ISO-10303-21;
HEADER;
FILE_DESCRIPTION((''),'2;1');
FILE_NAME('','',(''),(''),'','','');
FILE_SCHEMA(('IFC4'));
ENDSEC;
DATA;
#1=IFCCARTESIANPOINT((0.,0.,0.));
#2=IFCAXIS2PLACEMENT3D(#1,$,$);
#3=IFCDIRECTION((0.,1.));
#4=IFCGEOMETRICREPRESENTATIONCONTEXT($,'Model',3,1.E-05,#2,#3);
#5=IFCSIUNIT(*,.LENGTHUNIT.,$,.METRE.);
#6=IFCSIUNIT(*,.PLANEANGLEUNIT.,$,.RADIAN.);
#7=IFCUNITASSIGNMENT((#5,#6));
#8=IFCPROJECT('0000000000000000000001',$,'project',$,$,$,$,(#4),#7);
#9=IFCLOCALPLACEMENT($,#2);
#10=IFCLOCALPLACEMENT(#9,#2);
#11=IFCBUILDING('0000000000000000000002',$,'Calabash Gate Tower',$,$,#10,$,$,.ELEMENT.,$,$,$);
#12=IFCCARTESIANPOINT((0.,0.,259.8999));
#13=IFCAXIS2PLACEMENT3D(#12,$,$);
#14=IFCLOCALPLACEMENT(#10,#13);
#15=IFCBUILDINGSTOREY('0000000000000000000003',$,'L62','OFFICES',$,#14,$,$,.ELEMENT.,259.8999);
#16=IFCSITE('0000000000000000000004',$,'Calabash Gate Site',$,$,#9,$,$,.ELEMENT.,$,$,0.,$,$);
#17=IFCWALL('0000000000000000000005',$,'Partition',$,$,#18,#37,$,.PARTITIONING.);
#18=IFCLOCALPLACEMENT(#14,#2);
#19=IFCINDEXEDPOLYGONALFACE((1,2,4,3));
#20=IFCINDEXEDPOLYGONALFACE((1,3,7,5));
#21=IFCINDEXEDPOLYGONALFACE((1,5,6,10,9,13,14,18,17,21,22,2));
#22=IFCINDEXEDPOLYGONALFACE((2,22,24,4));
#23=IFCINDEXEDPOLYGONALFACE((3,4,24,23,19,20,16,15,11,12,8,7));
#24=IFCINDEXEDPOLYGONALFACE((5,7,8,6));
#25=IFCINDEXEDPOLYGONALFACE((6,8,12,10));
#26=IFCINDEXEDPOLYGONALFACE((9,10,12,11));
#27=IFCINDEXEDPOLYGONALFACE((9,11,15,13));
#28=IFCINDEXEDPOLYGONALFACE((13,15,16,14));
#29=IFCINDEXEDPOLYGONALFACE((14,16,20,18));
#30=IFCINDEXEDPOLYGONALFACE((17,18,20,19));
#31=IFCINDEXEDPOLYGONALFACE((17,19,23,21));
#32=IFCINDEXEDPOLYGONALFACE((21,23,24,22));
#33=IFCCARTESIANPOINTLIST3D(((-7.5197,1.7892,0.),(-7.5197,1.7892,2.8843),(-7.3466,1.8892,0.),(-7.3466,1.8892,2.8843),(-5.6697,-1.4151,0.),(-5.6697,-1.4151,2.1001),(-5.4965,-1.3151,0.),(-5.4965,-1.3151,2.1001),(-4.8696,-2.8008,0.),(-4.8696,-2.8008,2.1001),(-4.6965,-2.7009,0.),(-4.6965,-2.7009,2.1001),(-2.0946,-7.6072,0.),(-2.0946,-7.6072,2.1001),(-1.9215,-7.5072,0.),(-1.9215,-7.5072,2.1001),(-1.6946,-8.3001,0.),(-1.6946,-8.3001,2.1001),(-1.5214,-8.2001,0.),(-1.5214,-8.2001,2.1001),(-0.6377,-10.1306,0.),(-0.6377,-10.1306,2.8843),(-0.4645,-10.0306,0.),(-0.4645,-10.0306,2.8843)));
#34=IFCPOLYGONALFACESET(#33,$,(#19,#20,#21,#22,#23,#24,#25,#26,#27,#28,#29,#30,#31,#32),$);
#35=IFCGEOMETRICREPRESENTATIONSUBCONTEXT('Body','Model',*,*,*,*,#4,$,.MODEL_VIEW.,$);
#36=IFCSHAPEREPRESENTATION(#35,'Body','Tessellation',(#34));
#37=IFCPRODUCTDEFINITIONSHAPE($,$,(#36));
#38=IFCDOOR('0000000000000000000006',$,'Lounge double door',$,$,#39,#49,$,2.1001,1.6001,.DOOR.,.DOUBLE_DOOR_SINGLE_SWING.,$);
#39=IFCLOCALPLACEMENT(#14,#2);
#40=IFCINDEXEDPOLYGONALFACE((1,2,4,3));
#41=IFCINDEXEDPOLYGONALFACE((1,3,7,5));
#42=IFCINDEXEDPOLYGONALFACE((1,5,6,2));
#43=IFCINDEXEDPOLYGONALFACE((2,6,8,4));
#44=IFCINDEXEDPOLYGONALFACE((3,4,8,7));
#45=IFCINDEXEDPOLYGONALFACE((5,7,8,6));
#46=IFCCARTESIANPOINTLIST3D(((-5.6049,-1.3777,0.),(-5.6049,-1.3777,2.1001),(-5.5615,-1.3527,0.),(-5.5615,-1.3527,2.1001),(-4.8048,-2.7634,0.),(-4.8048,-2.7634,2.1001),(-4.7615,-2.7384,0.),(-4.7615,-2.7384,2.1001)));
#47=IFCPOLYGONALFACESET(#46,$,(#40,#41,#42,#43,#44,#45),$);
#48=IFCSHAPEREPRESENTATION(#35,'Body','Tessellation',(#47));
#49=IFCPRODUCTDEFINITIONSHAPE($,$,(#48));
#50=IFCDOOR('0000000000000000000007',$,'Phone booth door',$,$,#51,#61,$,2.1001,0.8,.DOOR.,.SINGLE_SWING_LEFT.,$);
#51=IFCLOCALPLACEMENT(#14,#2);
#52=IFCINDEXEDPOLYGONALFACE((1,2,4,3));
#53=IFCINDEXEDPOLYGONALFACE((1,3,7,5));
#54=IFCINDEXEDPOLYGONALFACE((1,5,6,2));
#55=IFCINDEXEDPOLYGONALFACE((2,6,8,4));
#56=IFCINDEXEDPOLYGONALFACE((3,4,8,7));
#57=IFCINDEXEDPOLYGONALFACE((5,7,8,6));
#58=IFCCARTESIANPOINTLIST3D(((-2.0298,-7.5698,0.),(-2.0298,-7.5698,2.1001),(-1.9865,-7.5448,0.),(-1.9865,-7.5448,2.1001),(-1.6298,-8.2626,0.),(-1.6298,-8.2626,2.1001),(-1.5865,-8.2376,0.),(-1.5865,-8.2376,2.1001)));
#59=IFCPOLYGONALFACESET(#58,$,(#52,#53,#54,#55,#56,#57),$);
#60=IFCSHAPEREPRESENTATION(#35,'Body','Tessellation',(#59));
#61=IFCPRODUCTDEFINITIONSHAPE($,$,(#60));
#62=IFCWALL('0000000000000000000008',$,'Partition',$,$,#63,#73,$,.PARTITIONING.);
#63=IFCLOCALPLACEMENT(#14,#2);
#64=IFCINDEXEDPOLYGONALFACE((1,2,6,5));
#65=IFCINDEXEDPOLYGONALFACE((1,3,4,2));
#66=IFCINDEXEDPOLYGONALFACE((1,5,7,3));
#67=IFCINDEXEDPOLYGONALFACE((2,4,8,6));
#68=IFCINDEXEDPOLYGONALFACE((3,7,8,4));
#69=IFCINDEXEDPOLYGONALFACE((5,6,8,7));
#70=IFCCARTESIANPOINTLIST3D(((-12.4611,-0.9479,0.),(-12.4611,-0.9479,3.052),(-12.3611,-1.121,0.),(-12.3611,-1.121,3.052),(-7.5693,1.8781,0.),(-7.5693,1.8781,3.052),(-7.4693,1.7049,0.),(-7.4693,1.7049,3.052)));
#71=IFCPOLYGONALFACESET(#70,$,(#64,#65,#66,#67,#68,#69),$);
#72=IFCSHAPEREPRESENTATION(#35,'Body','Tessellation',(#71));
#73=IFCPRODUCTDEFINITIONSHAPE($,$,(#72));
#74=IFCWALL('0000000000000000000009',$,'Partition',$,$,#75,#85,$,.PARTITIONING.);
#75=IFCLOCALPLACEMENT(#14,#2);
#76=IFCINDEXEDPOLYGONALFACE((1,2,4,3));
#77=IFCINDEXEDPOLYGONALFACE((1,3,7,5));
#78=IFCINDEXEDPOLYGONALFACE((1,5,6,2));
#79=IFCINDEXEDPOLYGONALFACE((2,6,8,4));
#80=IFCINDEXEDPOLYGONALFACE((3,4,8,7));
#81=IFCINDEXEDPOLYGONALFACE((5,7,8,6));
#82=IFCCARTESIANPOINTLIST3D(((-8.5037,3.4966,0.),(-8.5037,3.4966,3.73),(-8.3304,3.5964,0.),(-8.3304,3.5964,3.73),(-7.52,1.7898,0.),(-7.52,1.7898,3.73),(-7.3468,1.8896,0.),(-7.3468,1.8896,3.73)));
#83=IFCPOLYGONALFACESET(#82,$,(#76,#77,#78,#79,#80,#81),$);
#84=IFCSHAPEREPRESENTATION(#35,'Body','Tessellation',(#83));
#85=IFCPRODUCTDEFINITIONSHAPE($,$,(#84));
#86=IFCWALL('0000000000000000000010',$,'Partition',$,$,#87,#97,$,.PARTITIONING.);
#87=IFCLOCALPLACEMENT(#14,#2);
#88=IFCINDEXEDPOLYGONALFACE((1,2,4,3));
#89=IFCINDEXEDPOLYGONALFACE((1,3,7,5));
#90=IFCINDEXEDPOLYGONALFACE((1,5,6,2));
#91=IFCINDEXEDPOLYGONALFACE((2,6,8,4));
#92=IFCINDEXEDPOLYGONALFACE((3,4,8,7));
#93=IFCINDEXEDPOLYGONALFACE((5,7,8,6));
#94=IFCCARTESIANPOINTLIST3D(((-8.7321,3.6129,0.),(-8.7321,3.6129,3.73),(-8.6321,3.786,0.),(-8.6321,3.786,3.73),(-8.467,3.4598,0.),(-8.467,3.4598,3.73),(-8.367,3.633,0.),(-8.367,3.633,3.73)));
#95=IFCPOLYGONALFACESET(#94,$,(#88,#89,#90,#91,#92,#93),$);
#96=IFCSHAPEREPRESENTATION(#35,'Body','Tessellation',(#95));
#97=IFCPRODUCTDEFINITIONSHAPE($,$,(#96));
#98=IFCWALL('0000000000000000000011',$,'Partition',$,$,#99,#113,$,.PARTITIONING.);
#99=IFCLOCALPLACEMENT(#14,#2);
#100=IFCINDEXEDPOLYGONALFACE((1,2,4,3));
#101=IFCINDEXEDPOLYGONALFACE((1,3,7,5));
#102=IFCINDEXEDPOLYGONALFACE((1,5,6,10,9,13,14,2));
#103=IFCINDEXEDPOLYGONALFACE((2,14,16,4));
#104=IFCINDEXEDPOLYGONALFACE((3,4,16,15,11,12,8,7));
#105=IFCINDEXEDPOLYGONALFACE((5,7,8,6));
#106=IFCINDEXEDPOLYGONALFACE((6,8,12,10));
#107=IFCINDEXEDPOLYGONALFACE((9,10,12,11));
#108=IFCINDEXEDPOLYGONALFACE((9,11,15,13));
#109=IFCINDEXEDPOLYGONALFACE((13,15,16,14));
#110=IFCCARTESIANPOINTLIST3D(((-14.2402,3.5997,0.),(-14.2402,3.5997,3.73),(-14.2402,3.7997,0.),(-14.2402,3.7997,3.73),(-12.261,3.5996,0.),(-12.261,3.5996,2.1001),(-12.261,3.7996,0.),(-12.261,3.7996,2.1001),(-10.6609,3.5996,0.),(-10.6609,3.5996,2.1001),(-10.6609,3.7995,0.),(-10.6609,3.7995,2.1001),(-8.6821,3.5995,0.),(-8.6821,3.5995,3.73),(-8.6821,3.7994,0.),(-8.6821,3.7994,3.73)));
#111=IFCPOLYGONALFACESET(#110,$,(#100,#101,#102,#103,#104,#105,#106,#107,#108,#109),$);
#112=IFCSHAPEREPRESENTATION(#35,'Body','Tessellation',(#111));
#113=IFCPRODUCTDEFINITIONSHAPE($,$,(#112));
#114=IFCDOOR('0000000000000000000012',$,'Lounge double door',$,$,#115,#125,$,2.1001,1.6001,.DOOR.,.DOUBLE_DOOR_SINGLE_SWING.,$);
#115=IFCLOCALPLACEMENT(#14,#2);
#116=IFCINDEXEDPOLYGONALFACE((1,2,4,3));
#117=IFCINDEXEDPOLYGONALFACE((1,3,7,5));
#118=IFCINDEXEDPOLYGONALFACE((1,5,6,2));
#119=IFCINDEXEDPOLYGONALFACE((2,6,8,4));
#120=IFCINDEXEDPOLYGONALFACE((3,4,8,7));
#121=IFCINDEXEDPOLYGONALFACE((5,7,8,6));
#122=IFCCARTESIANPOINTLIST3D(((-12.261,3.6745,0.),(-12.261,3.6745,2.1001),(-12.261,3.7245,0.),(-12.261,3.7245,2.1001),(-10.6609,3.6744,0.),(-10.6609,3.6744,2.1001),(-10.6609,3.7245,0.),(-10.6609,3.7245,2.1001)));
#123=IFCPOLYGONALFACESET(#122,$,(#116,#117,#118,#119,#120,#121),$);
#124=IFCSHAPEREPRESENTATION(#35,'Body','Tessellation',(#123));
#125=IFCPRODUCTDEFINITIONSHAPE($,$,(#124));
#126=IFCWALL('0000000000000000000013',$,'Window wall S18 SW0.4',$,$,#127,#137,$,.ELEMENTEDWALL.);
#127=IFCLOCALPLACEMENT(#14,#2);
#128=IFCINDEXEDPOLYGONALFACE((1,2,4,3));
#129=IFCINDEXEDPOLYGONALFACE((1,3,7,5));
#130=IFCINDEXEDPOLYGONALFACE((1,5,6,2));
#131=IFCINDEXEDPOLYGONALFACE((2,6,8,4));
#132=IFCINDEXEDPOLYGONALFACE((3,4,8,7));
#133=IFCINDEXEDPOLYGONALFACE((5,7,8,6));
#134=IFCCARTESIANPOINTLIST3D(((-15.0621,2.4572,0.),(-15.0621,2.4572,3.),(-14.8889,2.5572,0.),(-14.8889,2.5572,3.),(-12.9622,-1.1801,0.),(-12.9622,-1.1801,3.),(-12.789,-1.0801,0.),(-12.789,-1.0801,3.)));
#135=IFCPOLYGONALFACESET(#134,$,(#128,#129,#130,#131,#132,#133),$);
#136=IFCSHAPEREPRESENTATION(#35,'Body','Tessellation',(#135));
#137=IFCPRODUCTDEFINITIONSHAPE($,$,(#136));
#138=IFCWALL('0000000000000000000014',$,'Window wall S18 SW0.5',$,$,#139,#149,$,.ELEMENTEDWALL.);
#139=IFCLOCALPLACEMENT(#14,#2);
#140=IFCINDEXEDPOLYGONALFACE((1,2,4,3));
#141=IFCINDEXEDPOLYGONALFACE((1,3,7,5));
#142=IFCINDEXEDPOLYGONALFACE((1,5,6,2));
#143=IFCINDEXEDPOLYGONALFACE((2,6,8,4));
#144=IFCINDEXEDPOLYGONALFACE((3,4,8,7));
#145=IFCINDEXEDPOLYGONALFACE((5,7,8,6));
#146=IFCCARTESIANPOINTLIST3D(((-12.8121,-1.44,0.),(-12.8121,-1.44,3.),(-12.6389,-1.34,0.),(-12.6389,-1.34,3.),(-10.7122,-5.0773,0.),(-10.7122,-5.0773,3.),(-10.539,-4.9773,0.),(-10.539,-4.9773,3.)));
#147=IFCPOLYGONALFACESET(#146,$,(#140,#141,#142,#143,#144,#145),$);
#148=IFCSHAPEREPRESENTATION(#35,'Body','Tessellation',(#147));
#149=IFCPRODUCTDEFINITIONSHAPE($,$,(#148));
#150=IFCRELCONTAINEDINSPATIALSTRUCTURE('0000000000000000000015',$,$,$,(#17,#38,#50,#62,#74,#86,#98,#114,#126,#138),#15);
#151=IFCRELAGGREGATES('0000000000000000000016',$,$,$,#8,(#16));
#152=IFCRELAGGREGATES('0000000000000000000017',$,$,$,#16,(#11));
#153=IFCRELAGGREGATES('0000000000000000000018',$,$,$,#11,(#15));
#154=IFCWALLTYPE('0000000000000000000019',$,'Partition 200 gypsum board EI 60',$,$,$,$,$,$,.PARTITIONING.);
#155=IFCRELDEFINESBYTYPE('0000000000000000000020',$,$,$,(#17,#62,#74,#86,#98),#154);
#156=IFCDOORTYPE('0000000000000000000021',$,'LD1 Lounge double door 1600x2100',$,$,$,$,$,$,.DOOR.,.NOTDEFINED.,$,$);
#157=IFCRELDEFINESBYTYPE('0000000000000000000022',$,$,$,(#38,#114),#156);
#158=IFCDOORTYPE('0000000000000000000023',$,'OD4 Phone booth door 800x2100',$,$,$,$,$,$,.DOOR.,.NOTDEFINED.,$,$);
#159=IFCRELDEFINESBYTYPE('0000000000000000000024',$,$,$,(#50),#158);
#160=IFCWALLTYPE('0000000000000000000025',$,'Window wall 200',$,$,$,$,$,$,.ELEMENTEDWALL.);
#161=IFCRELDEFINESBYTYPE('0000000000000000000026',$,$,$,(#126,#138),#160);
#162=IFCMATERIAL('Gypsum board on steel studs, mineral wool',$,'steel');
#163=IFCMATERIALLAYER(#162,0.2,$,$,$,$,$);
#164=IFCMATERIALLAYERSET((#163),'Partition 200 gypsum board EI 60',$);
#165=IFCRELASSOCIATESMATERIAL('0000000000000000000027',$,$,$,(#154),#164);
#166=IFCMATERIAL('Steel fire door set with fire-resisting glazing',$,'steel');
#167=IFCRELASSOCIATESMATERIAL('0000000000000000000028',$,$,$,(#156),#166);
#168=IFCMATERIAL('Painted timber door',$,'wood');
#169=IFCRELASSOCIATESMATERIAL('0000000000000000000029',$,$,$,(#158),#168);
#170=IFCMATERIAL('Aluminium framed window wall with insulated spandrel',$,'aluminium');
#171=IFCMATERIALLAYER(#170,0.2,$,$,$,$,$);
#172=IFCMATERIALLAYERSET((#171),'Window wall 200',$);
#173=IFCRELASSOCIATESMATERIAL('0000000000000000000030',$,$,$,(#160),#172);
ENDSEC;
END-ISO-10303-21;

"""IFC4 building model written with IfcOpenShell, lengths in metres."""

from ifc_helpers import new_model, si_unit, direction, frame, frame_2d, origin, place, context, subcontext, project, spatial, rectangle, extrude, material, layer, layer_set, type_object, element, fill, save


model = new_model("IFC4")

# Units and contexts
model_context = context("Model", 3, precision=1e-05, world=origin(), true_north=direction((0.0, 1.0)))
body_context = subcontext(model_context, "Body", "Model", "MODEL_VIEW")
ifc_project = project(units=[si_unit("LENGTHUNIT", "METRE"), si_unit("PLANEANGLEUNIT", "RADIAN")], contexts=[model_context])

# Site, building, storey
site_placement = place(None, origin())
site = spatial("IfcSite", under=ifc_project, at=site_placement, Name="Calabash Gate Site", CompositionType="ELEMENT", RefElevation=0.0)
building_placement = place(site_placement, origin())
building = spatial("IfcBuilding", under=site, at=building_placement, Name="Calabash Gate Tower", CompositionType="ELEMENT")
storey_placement = place(building_placement, frame((0.0, 0.0, 259.8999)))
storey = spatial("IfcBuildingStorey", under=building, at=storey_placement, Name="L62", Description="OFFICES", CompositionType="ELEMENT", Elevation=259.8999)

# Wall, openings, doors
ifc_material_1 = material(Name="Gypsum board on steel studs, mineral wool", Category="steel")
ifc_layer_1 = layer(ifc_material_1, 0.2)
ifc_layer_set_1 = layer_set([ifc_layer_1], Name="Partition 200 gypsum board EI 60")
wall_type_1 = type_object("IfcWallType", Name="Partition 200 gypsum board EI 60", PredefinedType="PARTITIONING", material=ifc_layer_set_1)
wall_1_placement = place(storey_placement, frame((-7.4331, 1.8391, 0.0), z_axis=(0.0, 0.0, 1.0), x_axis=(0.500006, -0.866022, 0.0)))
wall_1 = element("IfcWall", 1, at=wall_1_placement, inside=storey, type_object=wall_type_1, Name="Partition", PredefinedType="PARTITIONING", context=body_context, shape_type="SweptSolid", body=[
    extrude(rectangle(XDim=13.7639, YDim=0.2, at=frame_2d((6.8818, 0.0))), origin(), (0.0, 0.0, 1.0), 2.8843),
])
opening_1_placement = place(wall_1_placement, frame((3.7, 0.0, 0.0)))
opening_1 = element("IfcOpeningElement", 2, at=opening_1_placement, cuts=wall_1, PredefinedType="OPENING", context=body_context, shape_type="SweptSolid", body=[
    extrude(rectangle(XDim=1.6001, YDim=2.1001, at=frame_2d((0.8, 1.05))), frame((0.0, 0.1099, 0.0), z_axis=(0.0, -1.0, 0.0), x_axis=(1.0, 0.0, 0.0)), (0.0, 0.0, 1.0), 0.22),
])
opening_2_placement = place(wall_1_placement, frame((10.8501, 0.0, 0.0)))
opening_2 = element("IfcOpeningElement", 3, at=opening_2_placement, cuts=wall_1, PredefinedType="OPENING", context=body_context, shape_type="SweptSolid", body=[
    extrude(rectangle(XDim=0.8, YDim=2.1001, at=frame_2d((0.3999, 1.05))), frame((0.0, 0.1099, 0.0), z_axis=(0.0, -1.0, 0.0), x_axis=(1.0, 0.0, 0.0)), (0.0, 0.0, 1.0), 0.22),
])
ifc_material_2 = material(Name="Steel fire door set with fire-resisting glazing", Category="steel")
door_type_1 = type_object("IfcDoorType", Name="LD1 Lounge double door 1600x2100", OperationType="NOTDEFINED", PredefinedType="DOOR", material=ifc_material_2)
door_1_placement = place(opening_1_placement, origin())
door_1 = element("IfcDoor", 4, at=door_1_placement, inside=storey, type_object=door_type_1, Name="Lounge double door", OperationType="DOUBLE_DOOR_SINGLE_SWING", OverallHeight=2.1001, OverallWidth=1.6001, PredefinedType="DOOR", context=body_context, shape_type="SweptSolid", body=[
    extrude(rectangle(XDim=1.6001, YDim=2.1001, at=frame_2d((0.8, 1.05))), frame((0.0, 0.0249, 0.0), z_axis=(0.0, -1.0, 0.0), x_axis=(1.0, 0.0, 0.0)), (0.0, 0.0, 1.0), 0.05),
])
fill(opening_1, door_1)
ifc_material_3 = material(Name="Painted timber door", Category="wood")
door_type_2 = type_object("IfcDoorType", Name="OD4 Phone booth door 800x2100", OperationType="NOTDEFINED", PredefinedType="DOOR", material=ifc_material_3)
door_2_placement = place(opening_2_placement, origin())
door_2 = element("IfcDoor", 5, at=door_2_placement, inside=storey, type_object=door_type_2, Name="Phone booth door", OperationType="SINGLE_SWING_LEFT", OverallHeight=2.1001, OverallWidth=0.8, PredefinedType="DOOR", context=body_context, shape_type="SweptSolid", body=[
    extrude(rectangle(XDim=0.8, YDim=2.1001, at=frame_2d((0.3999, 1.05))), frame((0.0, 0.0249, 0.0), z_axis=(0.0, -1.0, 0.0), x_axis=(1.0, 0.0, 0.0)), (0.0, 0.0, 1.0), 0.05),
])
fill(opening_2, door_2)

# Walls
wall_2_placement = place(storey_placement, frame((-12.4111, -1.0344, 0.0), z_axis=(0.0, 0.0, 1.0), x_axis=(0.865901, 0.500215, 0.0)))
element("IfcWall", 6, at=wall_2_placement, inside=storey, type_object=wall_type_1, Name="Partition", PredefinedType="PARTITIONING", context=body_context, shape_type="SweptSolid", body=[
    extrude(rectangle(XDim=5.6494, YDim=0.2, at=frame_2d((2.8247, 0.0))), origin(), (0.0, 0.0, 1.0), 3.052),
])
wall_3_placement = place(storey_placement, frame((-8.417, 3.5464, 0.0), z_axis=(0.0, 0.0, 1.0), x_axis=(0.499325, -0.866415, 0.0)))
element("IfcWall", 7, at=wall_3_placement, inside=storey, type_object=wall_type_1, Name="Partition", PredefinedType="PARTITIONING", context=body_context, shape_type="SweptSolid", body=[
    extrude(rectangle(XDim=1.97, YDim=0.2, at=frame_2d((0.9849, 0.0))), origin(), (0.0, 0.0, 1.0), 3.73),
])
wall_4_placement = place(storey_placement, frame((-8.6821, 3.6995, 0.0), z_axis=(0.0, 0.0, 1.0), x_axis=(0.866026, -0.499999, 0.0)))
element("IfcWall", 8, at=wall_4_placement, inside=storey, type_object=wall_type_1, Name="Partition", PredefinedType="PARTITIONING", context=body_context, shape_type="SweptSolid", body=[
    extrude(rectangle(XDim=0.3062, YDim=0.2, at=frame_2d((0.1531, 0.0))), origin(), (0.0, 0.0, 1.0), 3.73),
])

# Wall, opening, door
wall_5_placement = place(storey_placement, frame((-14.2402, 3.6997, 0.0), z_axis=(0.0, 0.0, 1.0), x_axis=(1.0, -0.000044, 0.0)))
wall_5 = element("IfcWall", 9, at=wall_5_placement, inside=storey, type_object=wall_type_1, Name="Partition", PredefinedType="PARTITIONING", context=body_context, shape_type="SweptSolid", body=[
    extrude(rectangle(XDim=5.5581, YDim=0.2, at=frame_2d((2.7791, 0.0))), origin(), (0.0, 0.0, 1.0), 3.73),
])
opening_3_placement = place(wall_5_placement, frame((1.9792, 0.0, 0.0)))
opening_3 = element("IfcOpeningElement", 10, at=opening_3_placement, cuts=wall_5, PredefinedType="OPENING", context=body_context, shape_type="SweptSolid", body=[
    extrude(rectangle(XDim=1.6001, YDim=2.1001, at=frame_2d((0.8, 1.05))), frame((0.0, 0.1099, 0.0), z_axis=(0.0, -1.0, 0.0), x_axis=(1.0, 0.0, 0.0)), (0.0, 0.0, 1.0), 0.22),
])
door_3_placement = place(opening_3_placement, origin())
door_3 = element("IfcDoor", 11, at=door_3_placement, inside=storey, type_object=door_type_1, Name="Lounge double door", OperationType="DOUBLE_DOOR_SINGLE_SWING", OverallHeight=2.1001, OverallWidth=1.6001, PredefinedType="DOOR", context=body_context, shape_type="SweptSolid", body=[
    extrude(rectangle(XDim=1.6001, YDim=2.1001, at=frame_2d((0.8, 1.05))), frame((0.0, 0.0249, 0.0), z_axis=(0.0, -1.0, 0.0), x_axis=(1.0, 0.0, 0.0)), (0.0, 0.0, 1.0), 0.05),
])
fill(opening_3, door_3)

# Walls
ifc_material_4 = material(Name="Aluminium framed window wall with insulated spandrel", Category="aluminium")
ifc_layer_2 = layer(ifc_material_4, 0.2)
ifc_layer_set_2 = layer_set([ifc_layer_2], Name="Window wall 200")
wall_type_2 = type_object("IfcWallType", Name="Window wall 200", PredefinedType="ELEMENTEDWALL", material=ifc_layer_set_2)
for number, where, z_axis, x_axis, name in (
    (12, (-14.9756, 2.5073, 0.0), (0.0, 0.0, 1.0), (0.499984, -0.866035, 0.0), "Window wall S18 SW0.4"),
    (13, (-12.7256, -1.3899, 0.0), (0.0, 0.0, 1.0), (0.499984, -0.866035, 0.0), "Window wall S18 SW0.5"),
):
    element("IfcWall", number, at=place(storey_placement, frame(where, z_axis=z_axis, x_axis=x_axis)), inside=storey, type_object=wall_type_2, Name=name, PredefinedType="ELEMENTEDWALL", context=body_context, shape_type="SweptSolid", body=[
        extrude(rectangle(XDim=4.2, YDim=0.2, at=frame_2d((2.1001, 0.0))), origin(), (0.0, 0.0, 1.0), 3.0),
    ])

save(model, "model.ifc")
